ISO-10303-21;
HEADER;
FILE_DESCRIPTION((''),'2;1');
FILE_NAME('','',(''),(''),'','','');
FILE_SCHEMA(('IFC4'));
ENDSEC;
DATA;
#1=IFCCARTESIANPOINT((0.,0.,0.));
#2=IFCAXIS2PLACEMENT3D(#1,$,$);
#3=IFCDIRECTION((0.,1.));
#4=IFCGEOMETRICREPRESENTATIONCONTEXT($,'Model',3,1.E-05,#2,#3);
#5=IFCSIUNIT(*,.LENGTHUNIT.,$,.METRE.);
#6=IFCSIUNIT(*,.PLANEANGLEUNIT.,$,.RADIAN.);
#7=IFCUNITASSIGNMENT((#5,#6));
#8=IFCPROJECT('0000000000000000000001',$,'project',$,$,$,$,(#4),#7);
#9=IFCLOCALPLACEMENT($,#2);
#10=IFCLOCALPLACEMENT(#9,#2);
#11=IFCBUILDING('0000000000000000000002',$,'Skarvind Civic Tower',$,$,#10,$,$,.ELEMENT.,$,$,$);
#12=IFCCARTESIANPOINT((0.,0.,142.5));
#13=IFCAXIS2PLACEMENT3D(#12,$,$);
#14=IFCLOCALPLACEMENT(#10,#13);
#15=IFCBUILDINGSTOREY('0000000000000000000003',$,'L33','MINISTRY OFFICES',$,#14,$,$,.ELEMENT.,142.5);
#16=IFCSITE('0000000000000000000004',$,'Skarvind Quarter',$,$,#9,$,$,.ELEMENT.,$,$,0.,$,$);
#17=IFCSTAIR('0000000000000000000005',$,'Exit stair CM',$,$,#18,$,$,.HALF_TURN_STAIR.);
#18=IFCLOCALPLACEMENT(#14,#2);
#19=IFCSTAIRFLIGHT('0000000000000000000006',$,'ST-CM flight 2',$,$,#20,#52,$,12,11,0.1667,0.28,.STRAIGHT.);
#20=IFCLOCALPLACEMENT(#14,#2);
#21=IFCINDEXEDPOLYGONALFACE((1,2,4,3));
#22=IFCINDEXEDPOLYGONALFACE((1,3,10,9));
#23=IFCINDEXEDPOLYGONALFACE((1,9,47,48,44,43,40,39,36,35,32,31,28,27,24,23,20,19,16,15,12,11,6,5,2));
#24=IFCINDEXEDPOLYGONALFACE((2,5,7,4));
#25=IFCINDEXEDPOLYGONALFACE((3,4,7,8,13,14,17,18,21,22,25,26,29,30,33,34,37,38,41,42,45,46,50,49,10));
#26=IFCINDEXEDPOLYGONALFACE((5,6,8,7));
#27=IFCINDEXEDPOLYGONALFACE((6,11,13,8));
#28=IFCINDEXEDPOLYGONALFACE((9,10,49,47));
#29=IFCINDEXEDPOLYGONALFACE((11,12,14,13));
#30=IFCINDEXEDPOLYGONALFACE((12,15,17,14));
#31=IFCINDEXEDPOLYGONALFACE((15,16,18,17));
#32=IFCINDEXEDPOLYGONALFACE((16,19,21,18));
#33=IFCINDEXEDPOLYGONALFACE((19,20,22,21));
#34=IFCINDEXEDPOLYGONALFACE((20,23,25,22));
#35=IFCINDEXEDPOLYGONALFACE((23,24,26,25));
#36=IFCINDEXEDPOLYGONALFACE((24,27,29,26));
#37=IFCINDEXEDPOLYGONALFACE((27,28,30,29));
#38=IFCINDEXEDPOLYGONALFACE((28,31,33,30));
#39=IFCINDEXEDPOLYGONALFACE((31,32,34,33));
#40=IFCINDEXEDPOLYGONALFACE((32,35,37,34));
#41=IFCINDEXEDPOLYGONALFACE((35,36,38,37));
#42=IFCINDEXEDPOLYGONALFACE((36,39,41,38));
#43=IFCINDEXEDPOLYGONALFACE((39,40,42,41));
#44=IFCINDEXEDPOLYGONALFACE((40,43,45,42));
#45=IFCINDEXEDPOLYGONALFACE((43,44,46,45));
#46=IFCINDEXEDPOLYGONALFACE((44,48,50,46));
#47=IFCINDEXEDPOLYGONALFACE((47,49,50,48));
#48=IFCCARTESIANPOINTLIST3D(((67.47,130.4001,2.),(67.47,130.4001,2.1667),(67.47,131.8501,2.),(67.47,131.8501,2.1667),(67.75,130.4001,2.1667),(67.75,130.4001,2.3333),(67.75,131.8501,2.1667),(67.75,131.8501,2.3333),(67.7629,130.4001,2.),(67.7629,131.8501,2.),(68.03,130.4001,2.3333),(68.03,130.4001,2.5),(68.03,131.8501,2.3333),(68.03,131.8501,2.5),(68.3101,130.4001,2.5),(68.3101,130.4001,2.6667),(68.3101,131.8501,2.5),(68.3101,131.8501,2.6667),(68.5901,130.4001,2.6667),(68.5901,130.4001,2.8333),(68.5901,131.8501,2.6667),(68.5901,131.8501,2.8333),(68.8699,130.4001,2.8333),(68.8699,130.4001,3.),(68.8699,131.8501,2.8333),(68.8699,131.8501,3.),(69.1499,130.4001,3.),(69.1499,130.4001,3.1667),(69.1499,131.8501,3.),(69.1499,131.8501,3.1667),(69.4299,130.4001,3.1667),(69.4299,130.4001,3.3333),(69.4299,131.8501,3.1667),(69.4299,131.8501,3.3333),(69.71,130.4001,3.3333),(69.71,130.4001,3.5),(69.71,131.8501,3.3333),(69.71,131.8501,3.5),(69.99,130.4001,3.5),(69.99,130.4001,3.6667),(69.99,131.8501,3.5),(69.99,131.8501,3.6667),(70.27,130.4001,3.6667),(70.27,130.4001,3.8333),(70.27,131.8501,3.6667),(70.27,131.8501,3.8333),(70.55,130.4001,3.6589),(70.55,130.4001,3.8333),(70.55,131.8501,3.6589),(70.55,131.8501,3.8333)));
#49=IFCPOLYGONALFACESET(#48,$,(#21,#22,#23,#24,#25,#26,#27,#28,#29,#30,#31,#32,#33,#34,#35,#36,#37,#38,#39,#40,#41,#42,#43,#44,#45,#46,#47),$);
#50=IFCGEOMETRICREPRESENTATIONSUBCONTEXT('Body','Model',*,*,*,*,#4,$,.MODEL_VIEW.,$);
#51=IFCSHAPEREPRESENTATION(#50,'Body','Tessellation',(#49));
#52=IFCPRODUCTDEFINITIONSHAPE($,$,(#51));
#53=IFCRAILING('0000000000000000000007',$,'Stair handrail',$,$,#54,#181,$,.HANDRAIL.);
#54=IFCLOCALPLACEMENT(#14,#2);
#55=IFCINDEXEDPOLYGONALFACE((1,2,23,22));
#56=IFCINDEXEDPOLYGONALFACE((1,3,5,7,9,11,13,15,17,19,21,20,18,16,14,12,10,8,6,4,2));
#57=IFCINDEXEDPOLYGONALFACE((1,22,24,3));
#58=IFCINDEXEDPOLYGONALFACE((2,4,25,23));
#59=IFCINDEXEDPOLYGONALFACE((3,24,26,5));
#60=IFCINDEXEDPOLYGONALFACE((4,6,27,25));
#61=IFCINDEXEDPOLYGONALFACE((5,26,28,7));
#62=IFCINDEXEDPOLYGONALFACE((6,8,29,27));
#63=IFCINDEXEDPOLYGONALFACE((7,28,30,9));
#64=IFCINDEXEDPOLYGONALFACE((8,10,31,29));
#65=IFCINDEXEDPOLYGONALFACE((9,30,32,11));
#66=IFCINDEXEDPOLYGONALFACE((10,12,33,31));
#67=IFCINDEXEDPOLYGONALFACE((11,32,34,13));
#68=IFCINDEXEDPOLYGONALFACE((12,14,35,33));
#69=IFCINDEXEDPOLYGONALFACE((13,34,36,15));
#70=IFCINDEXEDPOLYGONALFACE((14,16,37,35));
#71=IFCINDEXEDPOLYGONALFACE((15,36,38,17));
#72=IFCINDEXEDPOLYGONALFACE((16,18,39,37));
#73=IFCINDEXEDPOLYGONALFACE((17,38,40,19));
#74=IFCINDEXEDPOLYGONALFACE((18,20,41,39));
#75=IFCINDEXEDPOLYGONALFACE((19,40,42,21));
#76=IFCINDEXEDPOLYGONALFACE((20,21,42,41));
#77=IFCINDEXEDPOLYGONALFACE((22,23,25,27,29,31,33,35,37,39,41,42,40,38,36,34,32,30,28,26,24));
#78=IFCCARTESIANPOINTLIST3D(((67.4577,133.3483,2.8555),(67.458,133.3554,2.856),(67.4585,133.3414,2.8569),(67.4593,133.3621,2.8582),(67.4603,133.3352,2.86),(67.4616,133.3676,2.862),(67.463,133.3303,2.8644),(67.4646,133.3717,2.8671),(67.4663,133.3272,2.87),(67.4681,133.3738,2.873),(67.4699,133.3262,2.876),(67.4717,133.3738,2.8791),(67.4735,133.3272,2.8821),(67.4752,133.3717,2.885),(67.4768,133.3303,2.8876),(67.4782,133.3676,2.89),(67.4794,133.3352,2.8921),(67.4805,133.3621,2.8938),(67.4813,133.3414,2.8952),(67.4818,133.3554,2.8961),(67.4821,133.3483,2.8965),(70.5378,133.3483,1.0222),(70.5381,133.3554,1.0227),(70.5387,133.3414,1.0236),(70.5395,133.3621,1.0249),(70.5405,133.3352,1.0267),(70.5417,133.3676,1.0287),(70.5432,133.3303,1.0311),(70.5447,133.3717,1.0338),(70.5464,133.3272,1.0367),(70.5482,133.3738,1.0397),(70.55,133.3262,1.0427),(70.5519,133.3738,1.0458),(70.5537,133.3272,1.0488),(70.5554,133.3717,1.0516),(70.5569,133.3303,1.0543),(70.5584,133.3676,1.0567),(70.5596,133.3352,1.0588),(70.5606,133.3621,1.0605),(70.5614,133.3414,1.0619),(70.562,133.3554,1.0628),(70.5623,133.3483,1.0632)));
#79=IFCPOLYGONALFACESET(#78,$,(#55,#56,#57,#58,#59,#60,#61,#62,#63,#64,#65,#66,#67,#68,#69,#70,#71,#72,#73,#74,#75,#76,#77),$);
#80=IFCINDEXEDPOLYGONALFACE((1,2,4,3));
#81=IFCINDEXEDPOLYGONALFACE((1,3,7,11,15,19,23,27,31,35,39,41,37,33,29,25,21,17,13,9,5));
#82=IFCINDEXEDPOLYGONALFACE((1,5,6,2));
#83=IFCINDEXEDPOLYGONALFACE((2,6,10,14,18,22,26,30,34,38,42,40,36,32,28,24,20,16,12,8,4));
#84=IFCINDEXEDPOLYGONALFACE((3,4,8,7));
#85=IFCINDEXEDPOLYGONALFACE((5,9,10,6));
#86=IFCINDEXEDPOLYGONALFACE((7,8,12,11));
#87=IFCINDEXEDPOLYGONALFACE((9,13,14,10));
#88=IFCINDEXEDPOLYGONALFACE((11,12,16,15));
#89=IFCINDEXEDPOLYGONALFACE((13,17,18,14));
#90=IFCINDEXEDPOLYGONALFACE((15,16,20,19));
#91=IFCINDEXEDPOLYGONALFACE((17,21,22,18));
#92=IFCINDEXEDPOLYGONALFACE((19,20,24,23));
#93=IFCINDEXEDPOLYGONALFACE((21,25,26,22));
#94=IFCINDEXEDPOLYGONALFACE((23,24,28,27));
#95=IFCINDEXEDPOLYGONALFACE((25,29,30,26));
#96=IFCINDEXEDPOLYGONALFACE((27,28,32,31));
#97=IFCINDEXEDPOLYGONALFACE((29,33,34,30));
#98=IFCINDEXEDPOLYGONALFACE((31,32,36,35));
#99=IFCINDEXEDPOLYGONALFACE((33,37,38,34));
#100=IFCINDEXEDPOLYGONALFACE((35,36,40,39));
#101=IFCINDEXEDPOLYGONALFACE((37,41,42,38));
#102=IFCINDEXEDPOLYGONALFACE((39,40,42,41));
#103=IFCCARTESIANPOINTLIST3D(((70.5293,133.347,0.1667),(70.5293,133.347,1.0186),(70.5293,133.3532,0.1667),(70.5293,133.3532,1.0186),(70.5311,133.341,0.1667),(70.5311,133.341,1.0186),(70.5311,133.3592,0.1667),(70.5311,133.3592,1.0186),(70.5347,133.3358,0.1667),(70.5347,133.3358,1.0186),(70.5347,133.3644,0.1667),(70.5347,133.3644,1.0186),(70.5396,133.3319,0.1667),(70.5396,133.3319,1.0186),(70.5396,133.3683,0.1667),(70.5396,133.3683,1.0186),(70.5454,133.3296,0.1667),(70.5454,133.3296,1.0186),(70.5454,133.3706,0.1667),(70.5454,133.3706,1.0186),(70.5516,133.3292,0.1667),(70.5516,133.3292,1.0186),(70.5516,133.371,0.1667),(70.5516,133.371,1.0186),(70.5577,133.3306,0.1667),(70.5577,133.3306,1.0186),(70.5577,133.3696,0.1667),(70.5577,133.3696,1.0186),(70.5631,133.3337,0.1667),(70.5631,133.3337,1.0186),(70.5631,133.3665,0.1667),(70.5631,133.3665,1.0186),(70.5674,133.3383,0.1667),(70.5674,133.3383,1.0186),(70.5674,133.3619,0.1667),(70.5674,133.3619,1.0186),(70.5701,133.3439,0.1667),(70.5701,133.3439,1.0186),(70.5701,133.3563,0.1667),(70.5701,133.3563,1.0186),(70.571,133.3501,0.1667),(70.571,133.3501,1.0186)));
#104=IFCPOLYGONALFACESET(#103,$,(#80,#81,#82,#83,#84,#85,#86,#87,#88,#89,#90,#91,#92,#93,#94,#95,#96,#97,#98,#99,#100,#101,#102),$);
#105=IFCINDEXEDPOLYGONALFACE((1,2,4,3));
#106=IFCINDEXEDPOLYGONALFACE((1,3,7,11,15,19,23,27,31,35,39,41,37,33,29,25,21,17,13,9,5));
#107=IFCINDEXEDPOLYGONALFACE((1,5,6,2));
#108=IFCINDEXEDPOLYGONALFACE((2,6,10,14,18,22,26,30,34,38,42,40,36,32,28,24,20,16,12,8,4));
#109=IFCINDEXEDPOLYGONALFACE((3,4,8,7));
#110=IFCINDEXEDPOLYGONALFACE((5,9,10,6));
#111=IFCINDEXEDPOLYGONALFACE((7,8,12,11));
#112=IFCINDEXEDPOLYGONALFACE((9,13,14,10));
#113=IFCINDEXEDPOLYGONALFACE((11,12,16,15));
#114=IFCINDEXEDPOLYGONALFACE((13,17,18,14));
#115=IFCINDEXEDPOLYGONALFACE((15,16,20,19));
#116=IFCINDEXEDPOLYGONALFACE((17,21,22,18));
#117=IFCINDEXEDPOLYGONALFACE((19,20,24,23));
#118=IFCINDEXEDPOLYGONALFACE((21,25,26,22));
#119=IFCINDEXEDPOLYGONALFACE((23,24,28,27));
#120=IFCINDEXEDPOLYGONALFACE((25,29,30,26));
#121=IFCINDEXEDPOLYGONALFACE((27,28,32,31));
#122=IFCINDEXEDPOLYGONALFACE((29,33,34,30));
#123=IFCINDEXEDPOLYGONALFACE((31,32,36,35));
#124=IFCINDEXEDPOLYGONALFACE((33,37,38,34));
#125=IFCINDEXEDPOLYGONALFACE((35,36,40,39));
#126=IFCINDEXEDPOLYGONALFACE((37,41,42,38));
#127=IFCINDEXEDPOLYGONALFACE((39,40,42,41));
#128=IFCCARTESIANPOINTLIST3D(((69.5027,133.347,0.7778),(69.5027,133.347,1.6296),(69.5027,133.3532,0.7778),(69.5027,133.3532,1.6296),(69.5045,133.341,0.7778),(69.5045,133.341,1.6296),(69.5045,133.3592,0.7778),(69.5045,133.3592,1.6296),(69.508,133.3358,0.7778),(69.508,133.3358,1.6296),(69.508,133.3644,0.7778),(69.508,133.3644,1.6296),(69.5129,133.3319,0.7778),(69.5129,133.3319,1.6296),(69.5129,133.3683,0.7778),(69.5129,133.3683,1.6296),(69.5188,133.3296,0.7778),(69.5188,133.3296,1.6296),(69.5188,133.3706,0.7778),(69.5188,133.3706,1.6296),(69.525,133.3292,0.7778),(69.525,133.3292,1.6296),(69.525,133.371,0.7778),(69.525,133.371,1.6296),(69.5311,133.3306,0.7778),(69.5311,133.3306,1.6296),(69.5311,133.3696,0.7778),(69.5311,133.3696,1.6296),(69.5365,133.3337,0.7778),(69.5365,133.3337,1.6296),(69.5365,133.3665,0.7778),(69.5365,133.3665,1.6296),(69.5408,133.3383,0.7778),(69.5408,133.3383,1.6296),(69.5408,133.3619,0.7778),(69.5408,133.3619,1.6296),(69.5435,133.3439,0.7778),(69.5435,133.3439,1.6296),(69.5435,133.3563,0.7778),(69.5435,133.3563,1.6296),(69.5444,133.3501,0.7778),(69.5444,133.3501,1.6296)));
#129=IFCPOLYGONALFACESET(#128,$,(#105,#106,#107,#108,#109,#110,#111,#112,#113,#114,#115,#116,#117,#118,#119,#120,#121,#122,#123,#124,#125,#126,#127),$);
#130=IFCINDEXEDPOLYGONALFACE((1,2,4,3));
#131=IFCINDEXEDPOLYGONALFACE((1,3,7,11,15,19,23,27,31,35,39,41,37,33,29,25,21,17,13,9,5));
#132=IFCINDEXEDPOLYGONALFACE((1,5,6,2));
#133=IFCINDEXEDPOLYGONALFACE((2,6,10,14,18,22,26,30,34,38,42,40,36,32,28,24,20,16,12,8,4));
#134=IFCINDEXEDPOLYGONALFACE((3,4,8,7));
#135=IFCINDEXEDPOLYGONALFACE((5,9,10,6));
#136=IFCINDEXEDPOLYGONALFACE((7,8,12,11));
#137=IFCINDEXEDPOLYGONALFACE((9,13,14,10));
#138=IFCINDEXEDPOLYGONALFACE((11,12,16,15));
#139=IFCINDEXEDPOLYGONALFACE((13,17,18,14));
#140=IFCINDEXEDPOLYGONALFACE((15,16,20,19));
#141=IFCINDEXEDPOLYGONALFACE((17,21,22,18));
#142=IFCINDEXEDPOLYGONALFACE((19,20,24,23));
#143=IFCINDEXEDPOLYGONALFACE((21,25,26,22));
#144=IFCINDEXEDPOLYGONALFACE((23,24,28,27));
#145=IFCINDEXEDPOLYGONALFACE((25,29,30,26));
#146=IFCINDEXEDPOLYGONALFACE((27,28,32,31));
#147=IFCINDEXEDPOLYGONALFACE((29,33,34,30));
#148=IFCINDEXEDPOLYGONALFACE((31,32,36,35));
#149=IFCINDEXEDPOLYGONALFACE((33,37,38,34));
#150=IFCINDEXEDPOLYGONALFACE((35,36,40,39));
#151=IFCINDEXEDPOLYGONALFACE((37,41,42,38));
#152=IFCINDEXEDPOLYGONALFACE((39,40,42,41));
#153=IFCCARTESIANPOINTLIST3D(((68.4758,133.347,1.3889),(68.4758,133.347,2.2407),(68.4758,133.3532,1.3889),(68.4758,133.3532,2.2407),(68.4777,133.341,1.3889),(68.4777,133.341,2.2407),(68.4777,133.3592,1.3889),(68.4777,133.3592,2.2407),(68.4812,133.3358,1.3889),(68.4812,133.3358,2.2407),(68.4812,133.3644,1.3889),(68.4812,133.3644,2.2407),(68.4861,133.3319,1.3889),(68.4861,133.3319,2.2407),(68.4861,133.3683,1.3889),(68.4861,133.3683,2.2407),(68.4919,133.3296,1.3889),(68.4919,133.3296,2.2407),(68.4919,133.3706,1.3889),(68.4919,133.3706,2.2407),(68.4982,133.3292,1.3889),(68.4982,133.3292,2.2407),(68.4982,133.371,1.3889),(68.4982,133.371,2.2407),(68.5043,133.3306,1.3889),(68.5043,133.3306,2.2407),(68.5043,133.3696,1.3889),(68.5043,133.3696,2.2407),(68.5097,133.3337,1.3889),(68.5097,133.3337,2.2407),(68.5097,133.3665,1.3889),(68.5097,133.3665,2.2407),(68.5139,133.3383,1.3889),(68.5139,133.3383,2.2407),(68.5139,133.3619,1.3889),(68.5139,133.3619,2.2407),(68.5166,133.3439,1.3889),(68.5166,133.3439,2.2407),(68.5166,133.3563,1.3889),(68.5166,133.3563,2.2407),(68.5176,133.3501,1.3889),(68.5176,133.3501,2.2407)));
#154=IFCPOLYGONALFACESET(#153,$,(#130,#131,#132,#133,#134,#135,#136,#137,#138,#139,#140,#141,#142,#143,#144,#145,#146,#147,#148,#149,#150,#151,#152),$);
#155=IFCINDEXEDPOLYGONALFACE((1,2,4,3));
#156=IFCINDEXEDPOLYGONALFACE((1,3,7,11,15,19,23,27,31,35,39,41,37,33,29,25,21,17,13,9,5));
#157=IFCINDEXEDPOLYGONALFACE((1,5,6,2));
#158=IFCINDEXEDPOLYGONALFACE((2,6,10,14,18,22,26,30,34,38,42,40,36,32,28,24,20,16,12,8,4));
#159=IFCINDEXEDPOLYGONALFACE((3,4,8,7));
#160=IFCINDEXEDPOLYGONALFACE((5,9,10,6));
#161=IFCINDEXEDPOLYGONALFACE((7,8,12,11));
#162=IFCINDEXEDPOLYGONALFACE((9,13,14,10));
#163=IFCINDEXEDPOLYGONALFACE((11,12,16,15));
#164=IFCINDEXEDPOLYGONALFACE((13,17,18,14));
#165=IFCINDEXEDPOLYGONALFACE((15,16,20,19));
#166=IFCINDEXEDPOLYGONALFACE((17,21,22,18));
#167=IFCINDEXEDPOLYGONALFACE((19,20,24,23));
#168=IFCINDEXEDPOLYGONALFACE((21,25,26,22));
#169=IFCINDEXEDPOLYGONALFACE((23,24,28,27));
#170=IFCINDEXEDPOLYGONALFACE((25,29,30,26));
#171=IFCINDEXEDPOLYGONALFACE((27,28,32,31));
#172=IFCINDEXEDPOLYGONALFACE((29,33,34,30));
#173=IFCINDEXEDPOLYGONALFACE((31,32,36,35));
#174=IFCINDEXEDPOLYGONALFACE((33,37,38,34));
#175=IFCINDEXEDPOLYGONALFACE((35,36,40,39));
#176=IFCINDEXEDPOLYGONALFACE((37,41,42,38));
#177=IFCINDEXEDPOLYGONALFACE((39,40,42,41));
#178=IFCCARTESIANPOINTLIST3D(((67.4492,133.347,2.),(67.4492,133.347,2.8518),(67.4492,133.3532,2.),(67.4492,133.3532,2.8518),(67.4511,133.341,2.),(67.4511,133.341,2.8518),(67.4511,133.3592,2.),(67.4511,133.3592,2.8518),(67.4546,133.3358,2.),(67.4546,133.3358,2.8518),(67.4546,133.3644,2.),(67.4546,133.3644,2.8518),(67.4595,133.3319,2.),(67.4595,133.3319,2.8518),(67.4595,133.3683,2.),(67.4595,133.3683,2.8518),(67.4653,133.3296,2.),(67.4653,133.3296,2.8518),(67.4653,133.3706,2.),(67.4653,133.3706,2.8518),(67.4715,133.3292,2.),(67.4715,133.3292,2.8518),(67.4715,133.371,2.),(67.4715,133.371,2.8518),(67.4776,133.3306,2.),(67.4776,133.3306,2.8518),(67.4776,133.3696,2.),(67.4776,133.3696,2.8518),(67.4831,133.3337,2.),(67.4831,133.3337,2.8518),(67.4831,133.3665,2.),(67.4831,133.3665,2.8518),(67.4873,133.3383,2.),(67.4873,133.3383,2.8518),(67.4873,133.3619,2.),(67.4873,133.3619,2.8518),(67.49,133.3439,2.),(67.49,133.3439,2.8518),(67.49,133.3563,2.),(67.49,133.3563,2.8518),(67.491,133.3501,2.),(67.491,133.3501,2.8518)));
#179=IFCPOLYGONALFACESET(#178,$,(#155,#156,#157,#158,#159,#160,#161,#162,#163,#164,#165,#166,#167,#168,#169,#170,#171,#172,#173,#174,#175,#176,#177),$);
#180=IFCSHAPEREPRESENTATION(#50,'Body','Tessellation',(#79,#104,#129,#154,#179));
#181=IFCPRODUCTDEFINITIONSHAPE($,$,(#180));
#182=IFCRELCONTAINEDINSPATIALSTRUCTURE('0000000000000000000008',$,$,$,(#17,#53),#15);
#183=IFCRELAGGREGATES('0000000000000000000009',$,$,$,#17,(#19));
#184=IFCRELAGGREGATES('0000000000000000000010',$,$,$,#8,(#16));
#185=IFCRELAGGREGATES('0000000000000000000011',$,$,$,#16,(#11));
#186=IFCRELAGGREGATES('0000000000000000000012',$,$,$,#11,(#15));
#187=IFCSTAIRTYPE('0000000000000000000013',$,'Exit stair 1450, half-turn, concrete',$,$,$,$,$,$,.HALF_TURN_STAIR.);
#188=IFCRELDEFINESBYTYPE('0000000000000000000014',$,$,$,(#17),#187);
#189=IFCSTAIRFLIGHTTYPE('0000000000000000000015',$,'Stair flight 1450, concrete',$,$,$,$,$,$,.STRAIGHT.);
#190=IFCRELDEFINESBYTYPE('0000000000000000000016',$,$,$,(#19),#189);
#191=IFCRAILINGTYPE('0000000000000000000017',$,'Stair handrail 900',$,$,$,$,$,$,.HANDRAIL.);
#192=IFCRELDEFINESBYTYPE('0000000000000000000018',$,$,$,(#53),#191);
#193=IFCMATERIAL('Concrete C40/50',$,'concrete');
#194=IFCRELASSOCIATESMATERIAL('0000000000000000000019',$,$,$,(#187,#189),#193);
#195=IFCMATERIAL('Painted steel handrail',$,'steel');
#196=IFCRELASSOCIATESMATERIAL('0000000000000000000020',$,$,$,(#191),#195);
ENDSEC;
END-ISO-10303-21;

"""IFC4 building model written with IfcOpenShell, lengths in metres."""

from ifc_helpers import new_model, si_unit, direction, frame, origin, origin_2d, place, context, subcontext, project, spatial, polyline, circle, outline, extrude, material, type_object, element, aggregate, save


model = new_model("IFC4")

# Units and contexts
model_context = context("Model", 3, precision=1e-05, world=origin(), true_north=direction((0.0, 1.0)))
body_context = subcontext(model_context, "Body", "Model", "MODEL_VIEW")
ifc_project = project(units=[si_unit("LENGTHUNIT", "METRE"), si_unit("PLANEANGLEUNIT", "RADIAN")], contexts=[model_context])

# Site, building, storey
site_placement = place(None, origin())
site = spatial("IfcSite", under=ifc_project, at=site_placement, Name="Skarvind Quarter", CompositionType="ELEMENT", RefElevation=0.0)
building_placement = place(site_placement, origin())
building = spatial("IfcBuilding", under=site, at=building_placement, Name="Skarvind Civic Tower", CompositionType="ELEMENT")
storey_placement = place(building_placement, frame((0.0, 0.0, 142.5)))
storey = spatial("IfcBuildingStorey", under=building, at=storey_placement, Name="L33", Description="MINISTRY OFFICES", CompositionType="ELEMENT", Elevation=142.5)

# Stair, stair flight
ifc_material_1 = material(Name="Concrete C40/50", Category="concrete")
stair_type = type_object("IfcStairType", Name="Exit stair 1450, half-turn, concrete", PredefinedType="HALF_TURN_STAIR", material=ifc_material_1)
stair_placement = place(storey_placement, origin())
stair = element("IfcStair", 1, at=stair_placement, inside=storey, type_object=stair_type, Name="Exit stair CM", PredefinedType="HALF_TURN_STAIR")
stair_flight_type = type_object("IfcStairFlightType", Name="Stair flight 1450, concrete", PredefinedType="STRAIGHT", material=ifc_material_1)
stair_flight_1_placement = place(storey_placement, frame((67.47, 131.125, 2.0), z_axis=(0.0, 0.0, 1.0), x_axis=(1.0, 0.0, 0.0)))
stair_flight_1 = element("IfcStairFlight", 2, at=stair_flight_1_placement, type_object=stair_flight_type, Name="ST-CM flight 2", NumberOfRisers=12, NumberOfTreads=11, PredefinedType="STRAIGHT", RiserHeight=0.1667, TreadLength=0.28, context=body_context, shape_type="SweptSolid", body=[
    extrude(outline(polyline([(0.0, 0.0), (0.0, 0.1667), (0.28, 0.1667), (0.28, 0.3333), (0.5601, 0.3333), (0.5601, 0.5), (0.8401, 0.5), (0.8401, 0.6667), (1.1201, 0.6667), (1.1201, 0.8333), (1.3999, 0.8333), (1.3999, 1.0), (1.6799, 1.0), (1.6799, 1.1667), (1.96, 1.1667), (1.96, 1.3333), (2.24, 1.3333), (2.24, 1.5), (2.52, 1.5), (2.52, 1.6667), (2.8, 1.6667), (2.8, 1.8333), (3.0801, 1.8333), (3.0801, 2.0), (3.0801, 1.6589), (0.293, 0.0), (0.0, 0.0)])), frame((0.0, 0.7251, 0.0), z_axis=(0.0, -1.0, 0.0), x_axis=(1.0, 0.0, 0.0)), (0.0, 0.0, 1.0), 1.45),
])
aggregate(stair, [stair_flight_1])

# Railing
ifc_material_2 = material(Name="Painted steel handrail", Category="steel")
railing_type_1 = type_object("IfcRailingType", Name="Stair handrail 900", PredefinedType="HANDRAIL", material=ifc_material_2)
railing_1_placement = place(storey_placement, frame((70.55, 133.3501, 0.1667)))
element("IfcRailing", 3, at=railing_1_placement, inside=storey, type_object=railing_type_1, Name="Stair handrail", PredefinedType="HANDRAIL", context=body_context, shape_type="SweptSolid", body=[
    extrude(circle(Radius=0.0239, at=origin_2d()), frame((0.0, 0.0, 0.876), z_axis=(-0.859309, 0.0, 0.511458), x_axis=(0.0, -1.0, 0.0)), (0.0, 0.0, 1.0), 3.5845),
    extrude(circle(Radius=0.021, at=origin_2d()), origin(), (0.0, 0.0, 1.0), 0.8518),
    extrude(circle(Radius=0.021, at=origin_2d()), frame((-1.0266, 0.0, 0.6111)), (0.0, 0.0, 1.0), 0.8518),
    extrude(circle(Radius=0.021, at=origin_2d()), frame((-2.0535, 0.0, 1.2222)), (0.0, 0.0, 1.0), 0.8518),
    extrude(circle(Radius=0.021, at=origin_2d()), frame((-3.0801, 0.0, 1.8333)), (0.0, 0.0, 1.0), 0.8518),
])

save(model, "model.ifc")
